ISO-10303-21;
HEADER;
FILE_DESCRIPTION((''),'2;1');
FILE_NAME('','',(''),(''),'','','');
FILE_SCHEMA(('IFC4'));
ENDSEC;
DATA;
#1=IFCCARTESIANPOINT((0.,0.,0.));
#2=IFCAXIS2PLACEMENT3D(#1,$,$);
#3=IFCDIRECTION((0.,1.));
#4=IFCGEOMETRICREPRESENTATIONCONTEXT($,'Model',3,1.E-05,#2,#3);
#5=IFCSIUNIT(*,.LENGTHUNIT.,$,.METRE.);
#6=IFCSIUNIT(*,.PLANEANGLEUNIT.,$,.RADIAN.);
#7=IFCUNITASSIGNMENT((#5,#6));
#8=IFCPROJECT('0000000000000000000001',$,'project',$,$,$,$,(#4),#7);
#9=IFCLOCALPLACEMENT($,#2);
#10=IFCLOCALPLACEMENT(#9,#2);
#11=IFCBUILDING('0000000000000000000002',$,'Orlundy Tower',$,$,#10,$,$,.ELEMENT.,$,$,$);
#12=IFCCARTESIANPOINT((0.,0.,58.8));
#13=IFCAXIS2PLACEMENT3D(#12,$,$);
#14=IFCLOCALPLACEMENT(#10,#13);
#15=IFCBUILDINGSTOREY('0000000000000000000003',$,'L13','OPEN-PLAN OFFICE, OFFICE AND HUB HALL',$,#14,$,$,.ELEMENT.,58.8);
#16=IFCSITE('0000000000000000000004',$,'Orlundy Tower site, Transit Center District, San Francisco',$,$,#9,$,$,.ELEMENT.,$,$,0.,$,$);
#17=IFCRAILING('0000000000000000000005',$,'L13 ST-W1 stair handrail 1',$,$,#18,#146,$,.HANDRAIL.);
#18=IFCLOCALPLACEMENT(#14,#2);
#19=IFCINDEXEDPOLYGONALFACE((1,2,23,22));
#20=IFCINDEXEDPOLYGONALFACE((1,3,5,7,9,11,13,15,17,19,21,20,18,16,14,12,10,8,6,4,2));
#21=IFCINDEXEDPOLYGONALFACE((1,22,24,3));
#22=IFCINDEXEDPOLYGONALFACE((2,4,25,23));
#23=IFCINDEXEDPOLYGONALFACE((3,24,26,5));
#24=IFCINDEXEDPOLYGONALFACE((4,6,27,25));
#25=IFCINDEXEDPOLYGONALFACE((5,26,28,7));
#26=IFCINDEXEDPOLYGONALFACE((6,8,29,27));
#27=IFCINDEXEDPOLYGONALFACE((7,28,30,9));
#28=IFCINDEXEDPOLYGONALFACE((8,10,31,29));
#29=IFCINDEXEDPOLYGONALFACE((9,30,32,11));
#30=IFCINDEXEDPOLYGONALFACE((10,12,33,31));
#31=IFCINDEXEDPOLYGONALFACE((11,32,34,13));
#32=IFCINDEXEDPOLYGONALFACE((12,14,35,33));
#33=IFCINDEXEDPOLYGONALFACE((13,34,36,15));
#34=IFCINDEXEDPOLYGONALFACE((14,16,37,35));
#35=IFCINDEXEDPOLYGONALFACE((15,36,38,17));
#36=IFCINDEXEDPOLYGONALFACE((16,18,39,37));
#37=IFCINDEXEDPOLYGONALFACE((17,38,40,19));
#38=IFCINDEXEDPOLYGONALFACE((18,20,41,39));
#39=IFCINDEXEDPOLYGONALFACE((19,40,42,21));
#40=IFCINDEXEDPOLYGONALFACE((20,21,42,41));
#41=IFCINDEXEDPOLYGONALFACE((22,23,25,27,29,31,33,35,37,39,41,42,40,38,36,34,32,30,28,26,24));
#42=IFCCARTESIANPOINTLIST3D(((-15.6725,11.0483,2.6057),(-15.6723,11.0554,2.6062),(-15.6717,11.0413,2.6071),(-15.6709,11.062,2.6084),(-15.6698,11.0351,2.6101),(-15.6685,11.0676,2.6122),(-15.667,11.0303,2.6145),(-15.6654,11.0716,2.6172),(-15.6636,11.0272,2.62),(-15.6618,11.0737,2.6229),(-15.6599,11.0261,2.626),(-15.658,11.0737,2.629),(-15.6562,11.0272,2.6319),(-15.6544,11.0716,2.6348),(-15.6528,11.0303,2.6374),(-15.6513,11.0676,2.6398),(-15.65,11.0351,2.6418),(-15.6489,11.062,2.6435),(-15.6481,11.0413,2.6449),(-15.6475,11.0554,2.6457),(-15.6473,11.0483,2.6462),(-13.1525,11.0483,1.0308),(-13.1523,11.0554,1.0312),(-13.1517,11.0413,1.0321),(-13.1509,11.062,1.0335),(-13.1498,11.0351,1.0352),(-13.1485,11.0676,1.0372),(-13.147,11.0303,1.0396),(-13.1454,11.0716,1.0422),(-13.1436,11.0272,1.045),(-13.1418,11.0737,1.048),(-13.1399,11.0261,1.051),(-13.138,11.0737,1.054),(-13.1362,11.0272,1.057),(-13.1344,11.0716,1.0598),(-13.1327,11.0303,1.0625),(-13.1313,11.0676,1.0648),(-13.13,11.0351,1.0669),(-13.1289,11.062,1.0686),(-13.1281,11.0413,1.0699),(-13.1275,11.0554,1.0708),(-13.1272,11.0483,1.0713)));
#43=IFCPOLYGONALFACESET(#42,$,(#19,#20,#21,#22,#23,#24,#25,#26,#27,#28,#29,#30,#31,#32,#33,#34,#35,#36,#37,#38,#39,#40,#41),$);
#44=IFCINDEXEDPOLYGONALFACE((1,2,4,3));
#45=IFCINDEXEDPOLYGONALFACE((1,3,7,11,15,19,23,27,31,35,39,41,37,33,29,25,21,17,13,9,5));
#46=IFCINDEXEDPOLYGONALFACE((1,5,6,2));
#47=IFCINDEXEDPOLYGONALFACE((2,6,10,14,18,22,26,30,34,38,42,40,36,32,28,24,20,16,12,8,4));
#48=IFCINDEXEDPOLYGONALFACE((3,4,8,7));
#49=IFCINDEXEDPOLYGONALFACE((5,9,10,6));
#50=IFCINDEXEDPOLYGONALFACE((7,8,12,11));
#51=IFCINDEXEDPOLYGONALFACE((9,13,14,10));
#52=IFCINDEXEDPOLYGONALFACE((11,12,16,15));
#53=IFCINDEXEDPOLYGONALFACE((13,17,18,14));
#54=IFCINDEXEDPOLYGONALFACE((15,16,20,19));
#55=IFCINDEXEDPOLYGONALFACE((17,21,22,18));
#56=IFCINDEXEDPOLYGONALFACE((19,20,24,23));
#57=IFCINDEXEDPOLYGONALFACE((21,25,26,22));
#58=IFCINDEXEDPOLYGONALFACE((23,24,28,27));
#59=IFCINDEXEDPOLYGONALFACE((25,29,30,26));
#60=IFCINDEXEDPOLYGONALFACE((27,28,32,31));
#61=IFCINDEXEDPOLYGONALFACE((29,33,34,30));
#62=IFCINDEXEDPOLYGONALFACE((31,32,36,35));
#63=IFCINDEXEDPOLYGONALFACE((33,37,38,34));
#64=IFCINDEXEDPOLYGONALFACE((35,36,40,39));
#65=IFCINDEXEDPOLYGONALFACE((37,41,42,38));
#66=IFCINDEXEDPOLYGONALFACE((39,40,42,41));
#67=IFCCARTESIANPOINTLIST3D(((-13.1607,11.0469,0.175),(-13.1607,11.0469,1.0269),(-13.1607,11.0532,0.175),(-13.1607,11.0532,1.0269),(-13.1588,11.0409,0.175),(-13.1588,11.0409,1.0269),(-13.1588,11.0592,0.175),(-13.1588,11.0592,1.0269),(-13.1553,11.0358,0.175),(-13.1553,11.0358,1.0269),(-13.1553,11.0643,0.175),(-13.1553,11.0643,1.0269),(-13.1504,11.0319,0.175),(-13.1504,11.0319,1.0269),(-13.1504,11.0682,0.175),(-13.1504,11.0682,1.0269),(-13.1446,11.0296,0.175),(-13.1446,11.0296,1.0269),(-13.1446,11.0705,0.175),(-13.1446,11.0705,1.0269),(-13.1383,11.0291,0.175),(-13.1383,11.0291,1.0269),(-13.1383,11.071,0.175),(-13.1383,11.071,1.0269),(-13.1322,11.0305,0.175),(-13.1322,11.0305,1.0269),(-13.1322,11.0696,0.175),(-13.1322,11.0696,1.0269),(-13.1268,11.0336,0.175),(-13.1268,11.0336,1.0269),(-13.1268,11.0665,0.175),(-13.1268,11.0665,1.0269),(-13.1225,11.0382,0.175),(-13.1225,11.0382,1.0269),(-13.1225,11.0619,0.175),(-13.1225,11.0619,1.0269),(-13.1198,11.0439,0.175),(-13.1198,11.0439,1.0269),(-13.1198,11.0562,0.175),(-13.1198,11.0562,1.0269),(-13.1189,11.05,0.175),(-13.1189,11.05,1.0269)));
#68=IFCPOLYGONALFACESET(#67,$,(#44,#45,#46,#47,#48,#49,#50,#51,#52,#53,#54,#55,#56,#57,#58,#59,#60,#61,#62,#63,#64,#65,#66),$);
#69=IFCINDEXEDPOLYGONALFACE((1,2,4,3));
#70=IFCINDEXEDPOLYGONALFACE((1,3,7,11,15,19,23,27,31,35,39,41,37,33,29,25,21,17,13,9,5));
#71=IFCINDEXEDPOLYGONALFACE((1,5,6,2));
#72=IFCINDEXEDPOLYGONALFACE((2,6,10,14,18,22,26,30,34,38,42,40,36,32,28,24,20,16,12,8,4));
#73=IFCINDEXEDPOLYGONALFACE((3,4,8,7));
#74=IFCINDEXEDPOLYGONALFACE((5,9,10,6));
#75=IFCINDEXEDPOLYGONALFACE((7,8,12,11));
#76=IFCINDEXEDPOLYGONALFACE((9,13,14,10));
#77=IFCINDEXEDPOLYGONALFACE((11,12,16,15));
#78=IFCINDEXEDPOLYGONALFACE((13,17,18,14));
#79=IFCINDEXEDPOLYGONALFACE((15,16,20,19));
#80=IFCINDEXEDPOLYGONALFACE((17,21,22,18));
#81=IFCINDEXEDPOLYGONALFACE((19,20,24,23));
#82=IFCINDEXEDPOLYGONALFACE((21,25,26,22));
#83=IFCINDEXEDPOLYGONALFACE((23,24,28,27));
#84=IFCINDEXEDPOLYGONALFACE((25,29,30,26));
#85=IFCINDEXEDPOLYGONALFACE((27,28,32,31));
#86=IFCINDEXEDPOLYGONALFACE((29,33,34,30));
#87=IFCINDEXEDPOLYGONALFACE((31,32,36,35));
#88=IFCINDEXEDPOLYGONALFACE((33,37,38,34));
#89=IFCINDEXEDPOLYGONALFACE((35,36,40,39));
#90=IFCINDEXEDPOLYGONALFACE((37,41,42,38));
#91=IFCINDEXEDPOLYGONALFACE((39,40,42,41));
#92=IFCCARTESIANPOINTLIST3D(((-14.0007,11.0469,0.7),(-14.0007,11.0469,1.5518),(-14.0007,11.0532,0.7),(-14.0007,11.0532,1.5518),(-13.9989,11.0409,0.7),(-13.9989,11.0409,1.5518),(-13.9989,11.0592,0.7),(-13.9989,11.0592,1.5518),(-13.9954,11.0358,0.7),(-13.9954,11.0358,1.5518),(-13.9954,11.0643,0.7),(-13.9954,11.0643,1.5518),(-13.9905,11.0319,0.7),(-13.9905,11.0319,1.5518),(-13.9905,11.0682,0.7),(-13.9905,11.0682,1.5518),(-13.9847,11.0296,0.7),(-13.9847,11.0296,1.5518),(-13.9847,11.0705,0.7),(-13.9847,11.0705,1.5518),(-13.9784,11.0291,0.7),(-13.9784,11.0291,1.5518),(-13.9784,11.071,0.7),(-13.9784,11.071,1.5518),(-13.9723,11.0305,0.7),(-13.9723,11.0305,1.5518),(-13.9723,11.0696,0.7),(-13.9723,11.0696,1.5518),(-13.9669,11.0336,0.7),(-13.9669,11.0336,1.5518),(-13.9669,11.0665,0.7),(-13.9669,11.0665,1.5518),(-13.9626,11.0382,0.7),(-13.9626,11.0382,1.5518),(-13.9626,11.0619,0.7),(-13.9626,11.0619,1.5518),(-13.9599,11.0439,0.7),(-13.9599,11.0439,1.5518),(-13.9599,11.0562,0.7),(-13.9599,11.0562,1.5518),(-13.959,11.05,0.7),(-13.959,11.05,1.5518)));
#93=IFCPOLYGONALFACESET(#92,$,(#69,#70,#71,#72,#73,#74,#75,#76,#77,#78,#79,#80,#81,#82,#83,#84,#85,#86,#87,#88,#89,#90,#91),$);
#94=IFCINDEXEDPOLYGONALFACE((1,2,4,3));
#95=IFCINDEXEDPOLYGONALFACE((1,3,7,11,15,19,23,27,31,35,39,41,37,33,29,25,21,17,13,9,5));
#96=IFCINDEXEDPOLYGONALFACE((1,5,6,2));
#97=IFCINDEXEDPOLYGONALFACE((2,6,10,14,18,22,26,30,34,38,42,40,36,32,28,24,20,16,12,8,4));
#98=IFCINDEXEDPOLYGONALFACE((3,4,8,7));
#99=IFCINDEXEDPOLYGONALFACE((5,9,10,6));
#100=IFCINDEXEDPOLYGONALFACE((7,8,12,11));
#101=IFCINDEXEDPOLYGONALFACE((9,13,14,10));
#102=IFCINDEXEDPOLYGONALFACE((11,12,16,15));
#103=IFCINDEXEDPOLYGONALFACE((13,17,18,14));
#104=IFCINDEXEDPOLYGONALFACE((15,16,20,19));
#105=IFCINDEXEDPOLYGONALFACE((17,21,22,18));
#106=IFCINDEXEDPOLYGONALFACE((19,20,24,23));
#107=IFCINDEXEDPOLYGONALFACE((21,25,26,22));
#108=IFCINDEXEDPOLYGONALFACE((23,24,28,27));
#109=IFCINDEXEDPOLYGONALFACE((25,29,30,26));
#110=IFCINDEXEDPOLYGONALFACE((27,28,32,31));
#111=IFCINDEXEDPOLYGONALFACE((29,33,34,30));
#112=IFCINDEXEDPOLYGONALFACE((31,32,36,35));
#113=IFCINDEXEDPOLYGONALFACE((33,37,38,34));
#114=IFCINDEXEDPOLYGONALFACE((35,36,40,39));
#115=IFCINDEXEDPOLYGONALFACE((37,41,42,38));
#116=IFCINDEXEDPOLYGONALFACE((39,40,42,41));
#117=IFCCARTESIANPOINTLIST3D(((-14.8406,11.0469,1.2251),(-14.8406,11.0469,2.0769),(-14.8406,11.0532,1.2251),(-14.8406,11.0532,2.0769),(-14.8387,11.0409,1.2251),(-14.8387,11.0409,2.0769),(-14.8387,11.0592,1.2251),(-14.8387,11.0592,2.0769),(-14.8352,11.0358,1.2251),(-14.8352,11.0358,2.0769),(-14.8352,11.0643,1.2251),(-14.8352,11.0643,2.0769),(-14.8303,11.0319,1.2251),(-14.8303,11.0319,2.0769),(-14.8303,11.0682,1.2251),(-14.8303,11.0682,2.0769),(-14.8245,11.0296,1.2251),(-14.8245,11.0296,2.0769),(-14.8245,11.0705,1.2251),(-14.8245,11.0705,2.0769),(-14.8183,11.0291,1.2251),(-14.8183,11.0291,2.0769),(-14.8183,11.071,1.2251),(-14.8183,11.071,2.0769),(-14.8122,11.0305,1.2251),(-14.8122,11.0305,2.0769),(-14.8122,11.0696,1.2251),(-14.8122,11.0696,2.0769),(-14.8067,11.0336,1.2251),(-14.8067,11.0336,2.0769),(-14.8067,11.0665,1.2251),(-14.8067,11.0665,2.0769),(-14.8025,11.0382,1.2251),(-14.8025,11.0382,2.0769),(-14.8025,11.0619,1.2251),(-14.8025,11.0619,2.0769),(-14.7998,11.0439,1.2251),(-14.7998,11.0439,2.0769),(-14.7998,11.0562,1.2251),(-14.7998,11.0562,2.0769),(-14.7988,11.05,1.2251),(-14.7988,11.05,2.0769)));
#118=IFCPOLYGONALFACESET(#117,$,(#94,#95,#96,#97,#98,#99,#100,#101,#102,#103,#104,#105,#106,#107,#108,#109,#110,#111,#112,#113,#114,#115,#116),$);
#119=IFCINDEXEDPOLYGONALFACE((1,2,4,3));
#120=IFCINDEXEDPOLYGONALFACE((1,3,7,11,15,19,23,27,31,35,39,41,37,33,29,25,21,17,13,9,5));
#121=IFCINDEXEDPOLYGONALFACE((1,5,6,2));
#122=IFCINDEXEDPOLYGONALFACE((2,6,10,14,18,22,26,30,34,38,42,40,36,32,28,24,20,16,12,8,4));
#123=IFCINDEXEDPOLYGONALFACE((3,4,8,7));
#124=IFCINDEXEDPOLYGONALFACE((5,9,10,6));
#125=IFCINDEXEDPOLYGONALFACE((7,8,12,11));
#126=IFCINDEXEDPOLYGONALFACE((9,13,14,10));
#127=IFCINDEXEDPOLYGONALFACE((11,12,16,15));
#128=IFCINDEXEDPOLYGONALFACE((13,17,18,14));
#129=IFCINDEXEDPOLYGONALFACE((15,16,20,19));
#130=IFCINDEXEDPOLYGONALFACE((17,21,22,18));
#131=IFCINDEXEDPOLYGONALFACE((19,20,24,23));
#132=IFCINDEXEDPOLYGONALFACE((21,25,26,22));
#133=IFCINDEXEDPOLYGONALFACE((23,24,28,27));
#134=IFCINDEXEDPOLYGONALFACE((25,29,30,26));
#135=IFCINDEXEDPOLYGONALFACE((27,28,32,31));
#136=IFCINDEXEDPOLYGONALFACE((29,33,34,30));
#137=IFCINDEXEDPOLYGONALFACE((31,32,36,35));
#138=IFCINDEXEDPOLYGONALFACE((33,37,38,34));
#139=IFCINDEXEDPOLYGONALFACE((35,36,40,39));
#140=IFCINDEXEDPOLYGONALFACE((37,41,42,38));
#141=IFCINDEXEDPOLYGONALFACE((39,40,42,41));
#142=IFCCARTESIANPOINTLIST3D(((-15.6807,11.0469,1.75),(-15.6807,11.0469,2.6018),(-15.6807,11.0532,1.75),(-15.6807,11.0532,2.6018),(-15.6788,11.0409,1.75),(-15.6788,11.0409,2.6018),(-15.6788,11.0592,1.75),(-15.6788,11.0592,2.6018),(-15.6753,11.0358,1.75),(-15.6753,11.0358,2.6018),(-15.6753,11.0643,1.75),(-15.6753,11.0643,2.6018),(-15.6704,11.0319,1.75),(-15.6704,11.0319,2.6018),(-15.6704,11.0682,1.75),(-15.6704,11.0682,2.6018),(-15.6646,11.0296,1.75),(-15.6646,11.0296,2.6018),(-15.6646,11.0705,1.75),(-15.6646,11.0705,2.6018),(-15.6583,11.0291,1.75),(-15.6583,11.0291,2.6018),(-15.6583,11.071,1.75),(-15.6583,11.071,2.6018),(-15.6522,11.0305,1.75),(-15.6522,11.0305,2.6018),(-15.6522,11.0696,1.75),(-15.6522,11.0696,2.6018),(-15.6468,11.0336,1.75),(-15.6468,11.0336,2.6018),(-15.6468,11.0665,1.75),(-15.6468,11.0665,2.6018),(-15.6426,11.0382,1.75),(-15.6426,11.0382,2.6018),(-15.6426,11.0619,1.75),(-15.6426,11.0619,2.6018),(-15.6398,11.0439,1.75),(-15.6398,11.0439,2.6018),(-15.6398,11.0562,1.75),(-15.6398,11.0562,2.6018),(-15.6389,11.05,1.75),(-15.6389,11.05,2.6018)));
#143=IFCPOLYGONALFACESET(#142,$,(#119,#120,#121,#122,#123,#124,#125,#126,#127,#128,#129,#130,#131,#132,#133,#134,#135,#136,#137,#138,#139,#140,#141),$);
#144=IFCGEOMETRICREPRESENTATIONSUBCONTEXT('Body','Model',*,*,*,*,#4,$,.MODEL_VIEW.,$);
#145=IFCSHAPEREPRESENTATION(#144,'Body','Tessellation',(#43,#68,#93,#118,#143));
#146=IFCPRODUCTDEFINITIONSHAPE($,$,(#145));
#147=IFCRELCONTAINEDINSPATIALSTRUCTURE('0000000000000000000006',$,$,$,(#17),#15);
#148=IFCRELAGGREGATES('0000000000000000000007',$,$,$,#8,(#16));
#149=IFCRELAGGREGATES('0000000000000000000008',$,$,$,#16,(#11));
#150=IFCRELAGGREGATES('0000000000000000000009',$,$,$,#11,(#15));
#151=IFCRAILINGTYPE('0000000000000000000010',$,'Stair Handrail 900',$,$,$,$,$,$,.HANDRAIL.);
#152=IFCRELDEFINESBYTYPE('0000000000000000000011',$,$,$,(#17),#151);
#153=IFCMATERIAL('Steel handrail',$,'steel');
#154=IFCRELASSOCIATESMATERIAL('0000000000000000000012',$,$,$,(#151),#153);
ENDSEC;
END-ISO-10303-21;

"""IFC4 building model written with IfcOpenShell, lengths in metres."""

from ifc_helpers import new_model, si_unit, direction, frame, origin, origin_2d, place, context, subcontext, project, spatial, circle, extrude, material, type_object, element, save


model = new_model("IFC4")

# Units and contexts
model_context = context("Model", 3, precision=1e-05, world=origin(), true_north=direction((0.0, 1.0)))
body_context = subcontext(model_context, "Body", "Model", "MODEL_VIEW")
ifc_project = project(units=[si_unit("LENGTHUNIT", "METRE"), si_unit("PLANEANGLEUNIT", "RADIAN")], contexts=[model_context])

# Site, building, storey
site_placement = place(None, origin())
site = spatial("IfcSite", under=ifc_project, at=site_placement, Name="Orlundy Tower site, Transit Center District, San Francisco", CompositionType="ELEMENT", RefElevation=0.0)
building_placement = place(site_placement, origin())
building = spatial("IfcBuilding", under=site, at=building_placement, Name="Orlundy Tower", CompositionType="ELEMENT")
storey_placement = place(building_placement, frame((0.0, 0.0, 58.8)))
storey = spatial("IfcBuildingStorey", under=building, at=storey_placement, Name="L13", Description="OPEN-PLAN OFFICE, OFFICE AND HUB HALL", CompositionType="ELEMENT", Elevation=58.8)

# Railing
ifc_material_1 = material(Name="Steel handrail", Category="steel")
railing_type_1 = type_object("IfcRailingType", Name="Stair Handrail 900", PredefinedType="HANDRAIL", material=ifc_material_1)
railing_1_placement = place(storey_placement, frame((-13.1399, 11.05, 0.175)))
element("IfcRailing", 1, at=railing_1_placement, inside=storey, type_object=railing_type_1, Name="L13 ST-W1 stair handrail 1", PredefinedType="HANDRAIL", context=body_context, shape_type="SweptSolid", body=[
    extrude(circle(Radius=0.0239, at=origin_2d()), frame((0.0, 0.0, 0.876), z_axis=(-0.848008, 0.0, 0.529984), x_axis=(0.0, -1.0, 0.0)), (0.0, 0.0, 1.0), 2.9717),
    extrude(circle(Radius=0.021, at=origin_2d()), origin(), (0.0, 0.0, 1.0), 0.8518),
    extrude(circle(Radius=0.021, at=origin_2d()), frame((-0.8401, 0.0, 0.5249)), (0.0, 0.0, 1.0), 0.8518),
    extrude(circle(Radius=0.021, at=origin_2d()), frame((-1.6799, 0.0, 1.05)), (0.0, 0.0, 1.0), 0.8518),
    extrude(circle(Radius=0.021, at=origin_2d()), frame((-2.52, 0.0, 1.575)), (0.0, 0.0, 1.0), 0.8518),
])

save(model, "model.ifc")
